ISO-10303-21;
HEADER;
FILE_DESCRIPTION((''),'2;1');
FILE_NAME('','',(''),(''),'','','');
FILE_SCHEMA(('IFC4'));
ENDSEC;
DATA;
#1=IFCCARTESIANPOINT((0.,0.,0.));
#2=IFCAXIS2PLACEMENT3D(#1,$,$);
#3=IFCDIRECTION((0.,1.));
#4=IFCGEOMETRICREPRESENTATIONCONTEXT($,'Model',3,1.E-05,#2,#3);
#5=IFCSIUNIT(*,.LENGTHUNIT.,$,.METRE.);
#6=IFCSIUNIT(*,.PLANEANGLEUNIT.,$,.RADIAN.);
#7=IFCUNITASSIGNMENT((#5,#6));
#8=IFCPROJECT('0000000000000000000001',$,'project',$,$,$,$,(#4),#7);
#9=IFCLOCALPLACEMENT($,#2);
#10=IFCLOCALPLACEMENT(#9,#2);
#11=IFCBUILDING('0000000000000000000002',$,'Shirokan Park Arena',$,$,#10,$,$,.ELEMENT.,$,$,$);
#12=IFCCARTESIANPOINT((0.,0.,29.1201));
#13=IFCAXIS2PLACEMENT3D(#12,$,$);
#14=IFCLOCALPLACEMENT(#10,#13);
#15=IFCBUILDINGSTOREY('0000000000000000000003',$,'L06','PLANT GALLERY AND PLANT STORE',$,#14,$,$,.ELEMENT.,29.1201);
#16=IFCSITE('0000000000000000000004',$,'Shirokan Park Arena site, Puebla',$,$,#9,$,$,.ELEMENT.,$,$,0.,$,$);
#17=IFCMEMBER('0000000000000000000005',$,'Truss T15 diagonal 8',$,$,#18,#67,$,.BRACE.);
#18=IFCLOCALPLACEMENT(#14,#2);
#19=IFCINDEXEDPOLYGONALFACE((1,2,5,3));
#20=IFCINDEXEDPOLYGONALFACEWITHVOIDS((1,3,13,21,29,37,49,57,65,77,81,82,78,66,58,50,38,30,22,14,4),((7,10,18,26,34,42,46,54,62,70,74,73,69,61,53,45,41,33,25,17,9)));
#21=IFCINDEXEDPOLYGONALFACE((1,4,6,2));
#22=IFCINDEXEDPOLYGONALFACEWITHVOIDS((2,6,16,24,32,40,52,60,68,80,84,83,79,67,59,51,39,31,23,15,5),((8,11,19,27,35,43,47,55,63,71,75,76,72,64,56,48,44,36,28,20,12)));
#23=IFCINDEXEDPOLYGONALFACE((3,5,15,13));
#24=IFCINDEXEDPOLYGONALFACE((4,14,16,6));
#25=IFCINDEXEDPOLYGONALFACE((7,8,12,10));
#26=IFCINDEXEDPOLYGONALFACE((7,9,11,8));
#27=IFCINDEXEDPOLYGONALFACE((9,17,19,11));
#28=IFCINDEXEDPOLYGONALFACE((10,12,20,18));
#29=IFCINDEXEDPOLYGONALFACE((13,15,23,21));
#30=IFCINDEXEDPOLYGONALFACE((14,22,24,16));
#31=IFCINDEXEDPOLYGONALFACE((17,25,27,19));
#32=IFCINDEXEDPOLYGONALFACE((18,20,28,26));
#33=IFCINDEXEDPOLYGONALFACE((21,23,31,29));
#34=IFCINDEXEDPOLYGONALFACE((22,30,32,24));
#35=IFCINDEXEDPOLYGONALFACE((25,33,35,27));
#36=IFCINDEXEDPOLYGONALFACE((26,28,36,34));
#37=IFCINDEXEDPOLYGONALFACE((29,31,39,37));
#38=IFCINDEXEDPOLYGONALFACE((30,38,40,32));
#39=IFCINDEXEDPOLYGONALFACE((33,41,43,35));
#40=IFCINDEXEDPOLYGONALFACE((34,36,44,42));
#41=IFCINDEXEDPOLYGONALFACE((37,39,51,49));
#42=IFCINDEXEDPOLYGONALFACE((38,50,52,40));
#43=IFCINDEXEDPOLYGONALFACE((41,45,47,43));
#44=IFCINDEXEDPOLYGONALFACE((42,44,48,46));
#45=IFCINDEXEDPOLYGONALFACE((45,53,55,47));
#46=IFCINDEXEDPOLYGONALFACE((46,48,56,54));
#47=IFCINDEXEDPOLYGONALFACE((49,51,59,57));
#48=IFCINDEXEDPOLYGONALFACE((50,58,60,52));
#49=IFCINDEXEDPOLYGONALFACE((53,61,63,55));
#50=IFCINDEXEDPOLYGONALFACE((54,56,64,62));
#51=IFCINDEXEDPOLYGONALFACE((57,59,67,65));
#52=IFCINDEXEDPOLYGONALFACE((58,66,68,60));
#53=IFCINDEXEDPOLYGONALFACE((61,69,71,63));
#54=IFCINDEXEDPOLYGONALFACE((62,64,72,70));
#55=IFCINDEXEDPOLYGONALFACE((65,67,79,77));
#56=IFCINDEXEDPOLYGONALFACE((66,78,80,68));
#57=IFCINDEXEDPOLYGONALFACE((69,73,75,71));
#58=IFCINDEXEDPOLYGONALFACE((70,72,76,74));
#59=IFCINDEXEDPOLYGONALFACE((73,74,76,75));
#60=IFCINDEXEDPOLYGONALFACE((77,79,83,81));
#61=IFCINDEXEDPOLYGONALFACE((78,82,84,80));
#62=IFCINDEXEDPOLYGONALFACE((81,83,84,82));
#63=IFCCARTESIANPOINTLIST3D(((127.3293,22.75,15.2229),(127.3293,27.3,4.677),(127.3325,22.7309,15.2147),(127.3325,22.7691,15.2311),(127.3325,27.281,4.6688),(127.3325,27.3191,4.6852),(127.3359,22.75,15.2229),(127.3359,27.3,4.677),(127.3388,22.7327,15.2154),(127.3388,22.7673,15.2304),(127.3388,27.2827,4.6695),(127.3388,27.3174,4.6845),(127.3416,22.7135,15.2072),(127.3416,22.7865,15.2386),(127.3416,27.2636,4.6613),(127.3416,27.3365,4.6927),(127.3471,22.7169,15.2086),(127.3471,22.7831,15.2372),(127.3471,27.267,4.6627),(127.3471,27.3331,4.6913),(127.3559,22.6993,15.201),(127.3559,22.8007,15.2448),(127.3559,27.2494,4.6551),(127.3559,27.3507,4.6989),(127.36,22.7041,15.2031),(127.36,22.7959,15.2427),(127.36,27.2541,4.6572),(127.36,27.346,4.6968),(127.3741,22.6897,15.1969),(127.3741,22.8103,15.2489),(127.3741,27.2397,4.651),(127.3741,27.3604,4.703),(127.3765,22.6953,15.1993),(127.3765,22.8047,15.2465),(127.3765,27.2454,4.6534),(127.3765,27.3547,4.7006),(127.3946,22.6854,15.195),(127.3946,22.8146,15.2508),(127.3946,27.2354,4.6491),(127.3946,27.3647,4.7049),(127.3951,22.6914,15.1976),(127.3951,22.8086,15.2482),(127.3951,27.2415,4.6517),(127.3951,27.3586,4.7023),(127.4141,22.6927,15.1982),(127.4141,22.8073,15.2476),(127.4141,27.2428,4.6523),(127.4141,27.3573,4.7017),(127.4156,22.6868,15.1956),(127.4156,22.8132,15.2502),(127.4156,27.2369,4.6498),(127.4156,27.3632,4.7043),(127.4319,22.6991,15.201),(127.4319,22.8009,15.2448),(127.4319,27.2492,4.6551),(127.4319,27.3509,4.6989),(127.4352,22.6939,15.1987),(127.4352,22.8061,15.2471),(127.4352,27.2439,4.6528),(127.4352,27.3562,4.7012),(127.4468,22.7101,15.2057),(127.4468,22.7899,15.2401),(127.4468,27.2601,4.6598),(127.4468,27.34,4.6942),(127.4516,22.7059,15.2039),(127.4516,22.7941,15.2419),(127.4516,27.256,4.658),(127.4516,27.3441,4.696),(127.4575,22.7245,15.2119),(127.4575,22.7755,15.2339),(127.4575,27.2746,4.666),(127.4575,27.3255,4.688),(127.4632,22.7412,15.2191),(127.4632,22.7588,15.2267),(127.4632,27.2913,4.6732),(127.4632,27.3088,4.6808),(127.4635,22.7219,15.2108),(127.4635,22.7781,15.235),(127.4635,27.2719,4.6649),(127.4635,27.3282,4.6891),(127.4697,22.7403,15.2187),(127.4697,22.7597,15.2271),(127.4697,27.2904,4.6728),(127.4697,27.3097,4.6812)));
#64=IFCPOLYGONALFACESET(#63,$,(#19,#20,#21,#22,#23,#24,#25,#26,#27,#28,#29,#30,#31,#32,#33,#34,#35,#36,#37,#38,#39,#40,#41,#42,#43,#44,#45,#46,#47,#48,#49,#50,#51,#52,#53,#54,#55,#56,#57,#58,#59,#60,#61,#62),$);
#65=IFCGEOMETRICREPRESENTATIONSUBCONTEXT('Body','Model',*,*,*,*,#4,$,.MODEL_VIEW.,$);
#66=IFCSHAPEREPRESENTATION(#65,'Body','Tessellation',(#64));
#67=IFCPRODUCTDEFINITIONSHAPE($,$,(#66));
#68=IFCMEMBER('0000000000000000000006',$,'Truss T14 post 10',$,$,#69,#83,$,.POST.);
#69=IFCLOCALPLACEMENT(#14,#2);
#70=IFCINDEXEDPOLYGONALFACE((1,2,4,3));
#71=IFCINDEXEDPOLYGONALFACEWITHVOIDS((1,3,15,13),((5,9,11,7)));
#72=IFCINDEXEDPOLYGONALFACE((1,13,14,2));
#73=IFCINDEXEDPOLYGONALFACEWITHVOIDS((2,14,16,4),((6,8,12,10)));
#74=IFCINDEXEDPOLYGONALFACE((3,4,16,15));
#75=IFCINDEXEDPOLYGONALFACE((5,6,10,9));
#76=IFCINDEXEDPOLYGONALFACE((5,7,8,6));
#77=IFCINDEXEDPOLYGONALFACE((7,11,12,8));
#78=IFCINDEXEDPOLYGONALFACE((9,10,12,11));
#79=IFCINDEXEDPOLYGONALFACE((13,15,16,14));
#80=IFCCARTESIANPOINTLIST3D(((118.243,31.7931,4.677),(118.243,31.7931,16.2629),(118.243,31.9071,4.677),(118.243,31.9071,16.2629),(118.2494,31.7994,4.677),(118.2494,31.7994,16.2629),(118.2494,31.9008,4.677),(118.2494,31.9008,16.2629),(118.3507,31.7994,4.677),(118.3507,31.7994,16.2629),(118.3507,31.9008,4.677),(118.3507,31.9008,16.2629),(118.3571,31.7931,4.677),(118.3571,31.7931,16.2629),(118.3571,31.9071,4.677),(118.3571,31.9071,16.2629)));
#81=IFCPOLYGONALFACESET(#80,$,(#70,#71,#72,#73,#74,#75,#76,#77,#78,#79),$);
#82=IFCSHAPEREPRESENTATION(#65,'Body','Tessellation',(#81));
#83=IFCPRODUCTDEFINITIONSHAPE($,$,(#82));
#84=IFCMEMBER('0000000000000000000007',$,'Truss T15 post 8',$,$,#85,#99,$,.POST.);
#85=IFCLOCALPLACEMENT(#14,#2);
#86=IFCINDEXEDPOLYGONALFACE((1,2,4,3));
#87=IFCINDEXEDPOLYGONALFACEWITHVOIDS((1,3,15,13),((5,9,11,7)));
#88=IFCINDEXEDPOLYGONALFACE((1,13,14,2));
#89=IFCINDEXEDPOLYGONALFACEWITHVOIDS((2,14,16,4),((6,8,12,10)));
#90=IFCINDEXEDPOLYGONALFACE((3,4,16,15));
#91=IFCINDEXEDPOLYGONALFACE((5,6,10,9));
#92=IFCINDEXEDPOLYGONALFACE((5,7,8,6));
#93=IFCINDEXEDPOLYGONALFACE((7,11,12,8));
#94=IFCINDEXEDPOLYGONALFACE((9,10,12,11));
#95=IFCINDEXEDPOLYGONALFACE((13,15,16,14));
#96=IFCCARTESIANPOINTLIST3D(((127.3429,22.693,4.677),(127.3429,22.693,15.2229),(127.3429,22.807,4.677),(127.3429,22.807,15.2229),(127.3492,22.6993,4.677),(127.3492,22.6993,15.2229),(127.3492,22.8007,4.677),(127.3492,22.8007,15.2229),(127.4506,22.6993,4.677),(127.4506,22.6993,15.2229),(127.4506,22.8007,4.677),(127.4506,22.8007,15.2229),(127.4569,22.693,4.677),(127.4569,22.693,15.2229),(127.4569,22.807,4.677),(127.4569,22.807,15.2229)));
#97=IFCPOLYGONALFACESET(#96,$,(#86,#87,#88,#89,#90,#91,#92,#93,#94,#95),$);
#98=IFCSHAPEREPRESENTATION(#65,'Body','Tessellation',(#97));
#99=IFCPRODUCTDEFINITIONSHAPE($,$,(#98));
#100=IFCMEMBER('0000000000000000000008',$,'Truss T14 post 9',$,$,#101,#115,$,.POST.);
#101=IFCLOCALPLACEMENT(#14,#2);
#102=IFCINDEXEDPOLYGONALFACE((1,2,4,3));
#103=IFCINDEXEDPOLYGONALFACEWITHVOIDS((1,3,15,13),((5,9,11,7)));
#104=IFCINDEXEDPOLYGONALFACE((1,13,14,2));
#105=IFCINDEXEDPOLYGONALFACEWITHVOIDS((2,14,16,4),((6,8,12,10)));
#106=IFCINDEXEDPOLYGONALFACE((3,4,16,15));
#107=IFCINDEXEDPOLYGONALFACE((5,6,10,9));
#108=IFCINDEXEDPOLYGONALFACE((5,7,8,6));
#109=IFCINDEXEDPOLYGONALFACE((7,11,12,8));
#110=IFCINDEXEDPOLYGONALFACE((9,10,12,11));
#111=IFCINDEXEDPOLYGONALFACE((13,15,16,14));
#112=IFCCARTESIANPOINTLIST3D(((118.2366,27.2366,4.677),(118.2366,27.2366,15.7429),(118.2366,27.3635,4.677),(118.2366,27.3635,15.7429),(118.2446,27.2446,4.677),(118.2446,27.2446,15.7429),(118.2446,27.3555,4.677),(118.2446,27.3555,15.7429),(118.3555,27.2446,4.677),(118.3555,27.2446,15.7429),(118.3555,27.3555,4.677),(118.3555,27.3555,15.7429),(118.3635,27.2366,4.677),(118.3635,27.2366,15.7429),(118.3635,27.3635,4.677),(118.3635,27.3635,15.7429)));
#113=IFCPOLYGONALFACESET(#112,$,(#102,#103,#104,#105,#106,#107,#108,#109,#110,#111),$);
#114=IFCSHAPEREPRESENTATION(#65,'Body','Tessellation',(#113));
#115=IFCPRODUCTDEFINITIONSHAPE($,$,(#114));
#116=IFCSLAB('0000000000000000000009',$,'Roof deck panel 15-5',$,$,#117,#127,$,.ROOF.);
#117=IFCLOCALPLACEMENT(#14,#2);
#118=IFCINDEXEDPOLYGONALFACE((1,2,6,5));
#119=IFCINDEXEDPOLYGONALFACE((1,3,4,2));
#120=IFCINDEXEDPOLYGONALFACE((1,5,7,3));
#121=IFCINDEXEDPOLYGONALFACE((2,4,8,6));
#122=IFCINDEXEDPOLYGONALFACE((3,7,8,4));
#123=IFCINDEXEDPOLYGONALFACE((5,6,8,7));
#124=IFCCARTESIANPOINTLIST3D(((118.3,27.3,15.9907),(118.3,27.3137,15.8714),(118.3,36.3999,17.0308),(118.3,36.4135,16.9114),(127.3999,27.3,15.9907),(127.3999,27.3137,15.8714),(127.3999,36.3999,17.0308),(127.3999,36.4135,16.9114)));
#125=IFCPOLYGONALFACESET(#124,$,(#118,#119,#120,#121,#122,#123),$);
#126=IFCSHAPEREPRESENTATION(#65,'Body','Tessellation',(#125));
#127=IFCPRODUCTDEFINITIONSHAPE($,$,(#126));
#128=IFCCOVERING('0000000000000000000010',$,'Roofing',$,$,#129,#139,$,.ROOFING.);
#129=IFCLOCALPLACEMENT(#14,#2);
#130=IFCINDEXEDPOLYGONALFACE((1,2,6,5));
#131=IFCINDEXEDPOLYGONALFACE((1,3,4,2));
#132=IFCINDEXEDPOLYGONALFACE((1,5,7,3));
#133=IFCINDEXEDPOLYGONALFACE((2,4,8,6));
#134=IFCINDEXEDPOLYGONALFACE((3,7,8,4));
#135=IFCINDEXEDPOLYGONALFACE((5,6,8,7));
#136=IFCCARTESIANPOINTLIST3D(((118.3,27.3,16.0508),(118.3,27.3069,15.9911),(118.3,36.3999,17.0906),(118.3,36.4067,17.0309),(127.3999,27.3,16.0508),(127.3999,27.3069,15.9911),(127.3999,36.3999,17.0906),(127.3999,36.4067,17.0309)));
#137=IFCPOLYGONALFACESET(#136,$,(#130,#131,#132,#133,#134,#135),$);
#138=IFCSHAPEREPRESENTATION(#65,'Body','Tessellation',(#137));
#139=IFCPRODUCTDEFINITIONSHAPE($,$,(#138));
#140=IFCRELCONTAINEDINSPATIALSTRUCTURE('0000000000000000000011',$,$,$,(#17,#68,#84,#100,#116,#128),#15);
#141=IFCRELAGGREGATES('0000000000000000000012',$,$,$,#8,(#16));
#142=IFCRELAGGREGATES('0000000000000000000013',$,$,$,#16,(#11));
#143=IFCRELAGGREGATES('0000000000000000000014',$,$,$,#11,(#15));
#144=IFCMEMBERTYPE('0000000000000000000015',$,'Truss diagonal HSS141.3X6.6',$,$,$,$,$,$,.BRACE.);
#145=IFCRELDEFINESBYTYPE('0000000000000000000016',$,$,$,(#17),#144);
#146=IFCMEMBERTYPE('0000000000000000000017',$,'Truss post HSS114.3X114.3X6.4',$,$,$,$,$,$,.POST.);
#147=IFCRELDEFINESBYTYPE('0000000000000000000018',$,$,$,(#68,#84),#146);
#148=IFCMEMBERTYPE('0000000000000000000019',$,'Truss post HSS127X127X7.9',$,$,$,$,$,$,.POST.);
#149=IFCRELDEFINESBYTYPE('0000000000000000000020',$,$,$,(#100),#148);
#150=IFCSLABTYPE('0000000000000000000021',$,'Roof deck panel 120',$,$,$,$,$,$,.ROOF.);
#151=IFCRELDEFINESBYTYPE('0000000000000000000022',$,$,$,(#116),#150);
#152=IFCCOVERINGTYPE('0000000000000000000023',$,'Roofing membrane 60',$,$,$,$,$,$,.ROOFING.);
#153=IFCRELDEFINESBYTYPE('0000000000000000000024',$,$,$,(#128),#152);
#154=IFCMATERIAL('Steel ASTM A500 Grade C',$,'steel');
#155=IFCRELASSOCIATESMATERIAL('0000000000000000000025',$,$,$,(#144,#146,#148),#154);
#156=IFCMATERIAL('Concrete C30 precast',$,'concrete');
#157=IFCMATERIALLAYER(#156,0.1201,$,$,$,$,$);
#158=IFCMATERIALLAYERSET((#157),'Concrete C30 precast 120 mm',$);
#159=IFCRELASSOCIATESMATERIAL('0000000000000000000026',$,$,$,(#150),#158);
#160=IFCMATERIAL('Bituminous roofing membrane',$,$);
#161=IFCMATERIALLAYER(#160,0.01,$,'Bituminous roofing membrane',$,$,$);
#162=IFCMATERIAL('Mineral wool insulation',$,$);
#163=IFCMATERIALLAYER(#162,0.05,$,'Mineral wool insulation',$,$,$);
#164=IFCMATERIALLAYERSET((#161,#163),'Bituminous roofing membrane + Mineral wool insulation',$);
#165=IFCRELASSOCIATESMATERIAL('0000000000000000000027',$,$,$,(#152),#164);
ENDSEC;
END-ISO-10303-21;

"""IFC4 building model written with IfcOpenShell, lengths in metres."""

from ifc_helpers import new_model, si_unit, direction, frame, origin, origin_2d, place, context, subcontext, project, spatial, polyline, hollow_rectangle, hollow_circle, outline, extrude, material, layer, layer_set, material_profile, profile_set, type_object, element, save


model = new_model("IFC4")

# Units and contexts
model_context = context("Model", 3, precision=1e-05, world=origin(), true_north=direction((0.0, 1.0)))
body_context = subcontext(model_context, "Body", "Model", "MODEL_VIEW")
ifc_project = project(units=[si_unit("LENGTHUNIT", "METRE"), si_unit("PLANEANGLEUNIT", "RADIAN")], contexts=[model_context])

# Site, building, storey
site_placement = place(None, origin())
site = spatial("IfcSite", under=ifc_project, at=site_placement, Name="Shirokan Park Arena site, Puebla", CompositionType="ELEMENT", RefElevation=0.0)
building_placement = place(site_placement, origin())
building = spatial("IfcBuilding", under=site, at=building_placement, Name="Shirokan Park Arena", CompositionType="ELEMENT")
storey_placement = place(building_placement, frame((0.0, 0.0, 29.1201)))
storey = spatial("IfcBuildingStorey", under=building, at=storey_placement, Name="L06", Description="PLANT GALLERY AND PLANT STORE", CompositionType="ELEMENT", Elevation=29.1201)

# Members
ifc_material_1 = material(Name="Steel ASTM A500 Grade C", Category="steel")
ifc_material_profile_1 = material_profile(ifc_material_1, hollow_circle(Radius=0.0706, WallThickness=0.0066, at=origin_2d()), Name="HSS141.3X6.6")
ifc_profile_set_1 = profile_set([ifc_material_profile_1], Name="Steel ASTM A500 Grade C")
member_type_1 = type_object("IfcMemberType", Name="Truss diagonal HSS141.3X6.6", PredefinedType="BRACE", material=ifc_profile_set_1)
member_1_placement = place(storey_placement, frame((127.3999, 22.75, 15.2229), z_axis=(0.0, 0.396153, -0.918185), x_axis=(-1.0, 0.0, 0.0)))
element("IfcMember", 1, at=member_1_placement, inside=storey, type_object=member_type_1, Name="Truss T15 diagonal 8", PredefinedType="BRACE", context=body_context, shape_type="SweptSolid", body=[
    extrude(hollow_circle(Radius=0.0706, WallThickness=0.0066, at=origin_2d()), origin(), (0.0, 0.0, 1.0), 11.4856),
])
ifc_material_profile_2 = material_profile(ifc_material_1, hollow_rectangle(XDim=0.114, YDim=0.114, WallThickness=0.0063, at=origin_2d()), Name="HSS114.3X114.3X6.4")
ifc_profile_set_2 = profile_set([ifc_material_profile_2], Name="Steel ASTM A500 Grade C")
member_type_2 = type_object("IfcMemberType", Name="Truss post HSS114.3X114.3X6.4", PredefinedType="POST", material=ifc_profile_set_2)
member_2_placement = place(storey_placement, frame((118.3, 31.8501, 4.677), z_axis=(0.0, 0.0, 1.0), x_axis=(1.0, 0.0, 0.0)))
element("IfcMember", 2, at=member_2_placement, inside=storey, type_object=member_type_2, Name="Truss T14 post 10", PredefinedType="POST", context=body_context, shape_type="SweptSolid", body=[
    extrude(hollow_rectangle(XDim=0.114, YDim=0.114, WallThickness=0.0063, at=origin_2d()), origin(), (0.0, 0.0, 1.0), 11.5859),
])
member_3_placement = place(storey_placement, frame((127.3999, 22.75, 4.677), z_axis=(0.0, 0.0, 1.0), x_axis=(1.0, 0.0, 0.0)))
element("IfcMember", 3, at=member_3_placement, inside=storey, type_object=member_type_2, Name="Truss T15 post 8", PredefinedType="POST", context=body_context, shape_type="SweptSolid", body=[
    extrude(hollow_rectangle(XDim=0.114, YDim=0.114, WallThickness=0.0063, at=origin_2d()), origin(), (0.0, 0.0, 1.0), 10.5459),
])
ifc_material_profile_3 = material_profile(ifc_material_1, hollow_rectangle(XDim=0.127, YDim=0.127, WallThickness=0.0081, at=origin_2d()), Name="HSS127X127X7.9")
ifc_profile_set_3 = profile_set([ifc_material_profile_3], Name="Steel ASTM A500 Grade C")
member_type_3 = type_object("IfcMemberType", Name="Truss post HSS127X127X7.9", PredefinedType="POST", material=ifc_profile_set_3)
member_4_placement = place(storey_placement, frame((118.3, 27.3, 4.677), z_axis=(0.0, 0.0, 1.0), x_axis=(1.0, 0.0, 0.0)))
element("IfcMember", 4, at=member_4_placement, inside=storey, type_object=member_type_3, Name="Truss T14 post 9", PredefinedType="POST", context=body_context, shape_type="SweptSolid", body=[
    extrude(hollow_rectangle(XDim=0.127, YDim=0.127, WallThickness=0.0081, at=origin_2d()), origin(), (0.0, 0.0, 1.0), 11.0659),
])

# Slab
ifc_material_2 = material(Name="Concrete C30 precast", Category="concrete")
ifc_layer_1 = layer(ifc_material_2, 0.1201)
ifc_layer_set_1 = layer_set([ifc_layer_1], Name="Concrete C30 precast 120 mm")
slab_type = type_object("IfcSlabType", Name="Roof deck panel 120", PredefinedType="ROOF", material=ifc_layer_set_1)
slab_placement = place(storey_placement, frame((118.3, 27.3, 15.9907), z_axis=(0.0, -0.113553, 0.993532), x_axis=(1.0, 0.0, 0.0)))
element("IfcSlab", 5, at=slab_placement, inside=storey, type_object=slab_type, Name="Roof deck panel 15-5", PredefinedType="ROOF", context=body_context, shape_type="SweptSolid", body=[
    extrude(outline(polyline([(0.0, 0.0), (9.0999, 0.0), (9.0999, 9.1591), (0.0, 9.1591), (0.0, 0.0)])), origin(), (0.0, 0.0, -1.0), 0.1201),
])

# Covering
ifc_material_3 = material(Name="Bituminous roofing membrane")
ifc_layer_2 = layer(ifc_material_3, 0.01, Name="Bituminous roofing membrane")
ifc_material_4 = material(Name="Mineral wool insulation")
ifc_layer_3 = layer(ifc_material_4, 0.05, Name="Mineral wool insulation")
ifc_layer_set_2 = layer_set([ifc_layer_2, ifc_layer_3], Name="Bituminous roofing membrane + Mineral wool insulation")
covering_type = type_object("IfcCoveringType", Name="Roofing membrane 60", PredefinedType="ROOFING", material=ifc_layer_set_2)
covering_placement = place(storey_placement, frame((118.3, 27.3, 16.0508), z_axis=(0.0, -0.113526, 0.993535), x_axis=(1.0, 0.0, 0.0)))
element("IfcCovering", 6, at=covering_placement, inside=storey, type_object=covering_type, Name="Roofing", PredefinedType="ROOFING", context=body_context, shape_type="SweptSolid", body=[
    extrude(outline(polyline([(0.0, 0.0), (9.0999, 0.0), (9.0999, 9.1591), (0.0, 9.1591), (0.0, 0.0)])), origin(), (0.0, 0.0, -1.0), 0.0601),
])

save(model, "model.ifc")
